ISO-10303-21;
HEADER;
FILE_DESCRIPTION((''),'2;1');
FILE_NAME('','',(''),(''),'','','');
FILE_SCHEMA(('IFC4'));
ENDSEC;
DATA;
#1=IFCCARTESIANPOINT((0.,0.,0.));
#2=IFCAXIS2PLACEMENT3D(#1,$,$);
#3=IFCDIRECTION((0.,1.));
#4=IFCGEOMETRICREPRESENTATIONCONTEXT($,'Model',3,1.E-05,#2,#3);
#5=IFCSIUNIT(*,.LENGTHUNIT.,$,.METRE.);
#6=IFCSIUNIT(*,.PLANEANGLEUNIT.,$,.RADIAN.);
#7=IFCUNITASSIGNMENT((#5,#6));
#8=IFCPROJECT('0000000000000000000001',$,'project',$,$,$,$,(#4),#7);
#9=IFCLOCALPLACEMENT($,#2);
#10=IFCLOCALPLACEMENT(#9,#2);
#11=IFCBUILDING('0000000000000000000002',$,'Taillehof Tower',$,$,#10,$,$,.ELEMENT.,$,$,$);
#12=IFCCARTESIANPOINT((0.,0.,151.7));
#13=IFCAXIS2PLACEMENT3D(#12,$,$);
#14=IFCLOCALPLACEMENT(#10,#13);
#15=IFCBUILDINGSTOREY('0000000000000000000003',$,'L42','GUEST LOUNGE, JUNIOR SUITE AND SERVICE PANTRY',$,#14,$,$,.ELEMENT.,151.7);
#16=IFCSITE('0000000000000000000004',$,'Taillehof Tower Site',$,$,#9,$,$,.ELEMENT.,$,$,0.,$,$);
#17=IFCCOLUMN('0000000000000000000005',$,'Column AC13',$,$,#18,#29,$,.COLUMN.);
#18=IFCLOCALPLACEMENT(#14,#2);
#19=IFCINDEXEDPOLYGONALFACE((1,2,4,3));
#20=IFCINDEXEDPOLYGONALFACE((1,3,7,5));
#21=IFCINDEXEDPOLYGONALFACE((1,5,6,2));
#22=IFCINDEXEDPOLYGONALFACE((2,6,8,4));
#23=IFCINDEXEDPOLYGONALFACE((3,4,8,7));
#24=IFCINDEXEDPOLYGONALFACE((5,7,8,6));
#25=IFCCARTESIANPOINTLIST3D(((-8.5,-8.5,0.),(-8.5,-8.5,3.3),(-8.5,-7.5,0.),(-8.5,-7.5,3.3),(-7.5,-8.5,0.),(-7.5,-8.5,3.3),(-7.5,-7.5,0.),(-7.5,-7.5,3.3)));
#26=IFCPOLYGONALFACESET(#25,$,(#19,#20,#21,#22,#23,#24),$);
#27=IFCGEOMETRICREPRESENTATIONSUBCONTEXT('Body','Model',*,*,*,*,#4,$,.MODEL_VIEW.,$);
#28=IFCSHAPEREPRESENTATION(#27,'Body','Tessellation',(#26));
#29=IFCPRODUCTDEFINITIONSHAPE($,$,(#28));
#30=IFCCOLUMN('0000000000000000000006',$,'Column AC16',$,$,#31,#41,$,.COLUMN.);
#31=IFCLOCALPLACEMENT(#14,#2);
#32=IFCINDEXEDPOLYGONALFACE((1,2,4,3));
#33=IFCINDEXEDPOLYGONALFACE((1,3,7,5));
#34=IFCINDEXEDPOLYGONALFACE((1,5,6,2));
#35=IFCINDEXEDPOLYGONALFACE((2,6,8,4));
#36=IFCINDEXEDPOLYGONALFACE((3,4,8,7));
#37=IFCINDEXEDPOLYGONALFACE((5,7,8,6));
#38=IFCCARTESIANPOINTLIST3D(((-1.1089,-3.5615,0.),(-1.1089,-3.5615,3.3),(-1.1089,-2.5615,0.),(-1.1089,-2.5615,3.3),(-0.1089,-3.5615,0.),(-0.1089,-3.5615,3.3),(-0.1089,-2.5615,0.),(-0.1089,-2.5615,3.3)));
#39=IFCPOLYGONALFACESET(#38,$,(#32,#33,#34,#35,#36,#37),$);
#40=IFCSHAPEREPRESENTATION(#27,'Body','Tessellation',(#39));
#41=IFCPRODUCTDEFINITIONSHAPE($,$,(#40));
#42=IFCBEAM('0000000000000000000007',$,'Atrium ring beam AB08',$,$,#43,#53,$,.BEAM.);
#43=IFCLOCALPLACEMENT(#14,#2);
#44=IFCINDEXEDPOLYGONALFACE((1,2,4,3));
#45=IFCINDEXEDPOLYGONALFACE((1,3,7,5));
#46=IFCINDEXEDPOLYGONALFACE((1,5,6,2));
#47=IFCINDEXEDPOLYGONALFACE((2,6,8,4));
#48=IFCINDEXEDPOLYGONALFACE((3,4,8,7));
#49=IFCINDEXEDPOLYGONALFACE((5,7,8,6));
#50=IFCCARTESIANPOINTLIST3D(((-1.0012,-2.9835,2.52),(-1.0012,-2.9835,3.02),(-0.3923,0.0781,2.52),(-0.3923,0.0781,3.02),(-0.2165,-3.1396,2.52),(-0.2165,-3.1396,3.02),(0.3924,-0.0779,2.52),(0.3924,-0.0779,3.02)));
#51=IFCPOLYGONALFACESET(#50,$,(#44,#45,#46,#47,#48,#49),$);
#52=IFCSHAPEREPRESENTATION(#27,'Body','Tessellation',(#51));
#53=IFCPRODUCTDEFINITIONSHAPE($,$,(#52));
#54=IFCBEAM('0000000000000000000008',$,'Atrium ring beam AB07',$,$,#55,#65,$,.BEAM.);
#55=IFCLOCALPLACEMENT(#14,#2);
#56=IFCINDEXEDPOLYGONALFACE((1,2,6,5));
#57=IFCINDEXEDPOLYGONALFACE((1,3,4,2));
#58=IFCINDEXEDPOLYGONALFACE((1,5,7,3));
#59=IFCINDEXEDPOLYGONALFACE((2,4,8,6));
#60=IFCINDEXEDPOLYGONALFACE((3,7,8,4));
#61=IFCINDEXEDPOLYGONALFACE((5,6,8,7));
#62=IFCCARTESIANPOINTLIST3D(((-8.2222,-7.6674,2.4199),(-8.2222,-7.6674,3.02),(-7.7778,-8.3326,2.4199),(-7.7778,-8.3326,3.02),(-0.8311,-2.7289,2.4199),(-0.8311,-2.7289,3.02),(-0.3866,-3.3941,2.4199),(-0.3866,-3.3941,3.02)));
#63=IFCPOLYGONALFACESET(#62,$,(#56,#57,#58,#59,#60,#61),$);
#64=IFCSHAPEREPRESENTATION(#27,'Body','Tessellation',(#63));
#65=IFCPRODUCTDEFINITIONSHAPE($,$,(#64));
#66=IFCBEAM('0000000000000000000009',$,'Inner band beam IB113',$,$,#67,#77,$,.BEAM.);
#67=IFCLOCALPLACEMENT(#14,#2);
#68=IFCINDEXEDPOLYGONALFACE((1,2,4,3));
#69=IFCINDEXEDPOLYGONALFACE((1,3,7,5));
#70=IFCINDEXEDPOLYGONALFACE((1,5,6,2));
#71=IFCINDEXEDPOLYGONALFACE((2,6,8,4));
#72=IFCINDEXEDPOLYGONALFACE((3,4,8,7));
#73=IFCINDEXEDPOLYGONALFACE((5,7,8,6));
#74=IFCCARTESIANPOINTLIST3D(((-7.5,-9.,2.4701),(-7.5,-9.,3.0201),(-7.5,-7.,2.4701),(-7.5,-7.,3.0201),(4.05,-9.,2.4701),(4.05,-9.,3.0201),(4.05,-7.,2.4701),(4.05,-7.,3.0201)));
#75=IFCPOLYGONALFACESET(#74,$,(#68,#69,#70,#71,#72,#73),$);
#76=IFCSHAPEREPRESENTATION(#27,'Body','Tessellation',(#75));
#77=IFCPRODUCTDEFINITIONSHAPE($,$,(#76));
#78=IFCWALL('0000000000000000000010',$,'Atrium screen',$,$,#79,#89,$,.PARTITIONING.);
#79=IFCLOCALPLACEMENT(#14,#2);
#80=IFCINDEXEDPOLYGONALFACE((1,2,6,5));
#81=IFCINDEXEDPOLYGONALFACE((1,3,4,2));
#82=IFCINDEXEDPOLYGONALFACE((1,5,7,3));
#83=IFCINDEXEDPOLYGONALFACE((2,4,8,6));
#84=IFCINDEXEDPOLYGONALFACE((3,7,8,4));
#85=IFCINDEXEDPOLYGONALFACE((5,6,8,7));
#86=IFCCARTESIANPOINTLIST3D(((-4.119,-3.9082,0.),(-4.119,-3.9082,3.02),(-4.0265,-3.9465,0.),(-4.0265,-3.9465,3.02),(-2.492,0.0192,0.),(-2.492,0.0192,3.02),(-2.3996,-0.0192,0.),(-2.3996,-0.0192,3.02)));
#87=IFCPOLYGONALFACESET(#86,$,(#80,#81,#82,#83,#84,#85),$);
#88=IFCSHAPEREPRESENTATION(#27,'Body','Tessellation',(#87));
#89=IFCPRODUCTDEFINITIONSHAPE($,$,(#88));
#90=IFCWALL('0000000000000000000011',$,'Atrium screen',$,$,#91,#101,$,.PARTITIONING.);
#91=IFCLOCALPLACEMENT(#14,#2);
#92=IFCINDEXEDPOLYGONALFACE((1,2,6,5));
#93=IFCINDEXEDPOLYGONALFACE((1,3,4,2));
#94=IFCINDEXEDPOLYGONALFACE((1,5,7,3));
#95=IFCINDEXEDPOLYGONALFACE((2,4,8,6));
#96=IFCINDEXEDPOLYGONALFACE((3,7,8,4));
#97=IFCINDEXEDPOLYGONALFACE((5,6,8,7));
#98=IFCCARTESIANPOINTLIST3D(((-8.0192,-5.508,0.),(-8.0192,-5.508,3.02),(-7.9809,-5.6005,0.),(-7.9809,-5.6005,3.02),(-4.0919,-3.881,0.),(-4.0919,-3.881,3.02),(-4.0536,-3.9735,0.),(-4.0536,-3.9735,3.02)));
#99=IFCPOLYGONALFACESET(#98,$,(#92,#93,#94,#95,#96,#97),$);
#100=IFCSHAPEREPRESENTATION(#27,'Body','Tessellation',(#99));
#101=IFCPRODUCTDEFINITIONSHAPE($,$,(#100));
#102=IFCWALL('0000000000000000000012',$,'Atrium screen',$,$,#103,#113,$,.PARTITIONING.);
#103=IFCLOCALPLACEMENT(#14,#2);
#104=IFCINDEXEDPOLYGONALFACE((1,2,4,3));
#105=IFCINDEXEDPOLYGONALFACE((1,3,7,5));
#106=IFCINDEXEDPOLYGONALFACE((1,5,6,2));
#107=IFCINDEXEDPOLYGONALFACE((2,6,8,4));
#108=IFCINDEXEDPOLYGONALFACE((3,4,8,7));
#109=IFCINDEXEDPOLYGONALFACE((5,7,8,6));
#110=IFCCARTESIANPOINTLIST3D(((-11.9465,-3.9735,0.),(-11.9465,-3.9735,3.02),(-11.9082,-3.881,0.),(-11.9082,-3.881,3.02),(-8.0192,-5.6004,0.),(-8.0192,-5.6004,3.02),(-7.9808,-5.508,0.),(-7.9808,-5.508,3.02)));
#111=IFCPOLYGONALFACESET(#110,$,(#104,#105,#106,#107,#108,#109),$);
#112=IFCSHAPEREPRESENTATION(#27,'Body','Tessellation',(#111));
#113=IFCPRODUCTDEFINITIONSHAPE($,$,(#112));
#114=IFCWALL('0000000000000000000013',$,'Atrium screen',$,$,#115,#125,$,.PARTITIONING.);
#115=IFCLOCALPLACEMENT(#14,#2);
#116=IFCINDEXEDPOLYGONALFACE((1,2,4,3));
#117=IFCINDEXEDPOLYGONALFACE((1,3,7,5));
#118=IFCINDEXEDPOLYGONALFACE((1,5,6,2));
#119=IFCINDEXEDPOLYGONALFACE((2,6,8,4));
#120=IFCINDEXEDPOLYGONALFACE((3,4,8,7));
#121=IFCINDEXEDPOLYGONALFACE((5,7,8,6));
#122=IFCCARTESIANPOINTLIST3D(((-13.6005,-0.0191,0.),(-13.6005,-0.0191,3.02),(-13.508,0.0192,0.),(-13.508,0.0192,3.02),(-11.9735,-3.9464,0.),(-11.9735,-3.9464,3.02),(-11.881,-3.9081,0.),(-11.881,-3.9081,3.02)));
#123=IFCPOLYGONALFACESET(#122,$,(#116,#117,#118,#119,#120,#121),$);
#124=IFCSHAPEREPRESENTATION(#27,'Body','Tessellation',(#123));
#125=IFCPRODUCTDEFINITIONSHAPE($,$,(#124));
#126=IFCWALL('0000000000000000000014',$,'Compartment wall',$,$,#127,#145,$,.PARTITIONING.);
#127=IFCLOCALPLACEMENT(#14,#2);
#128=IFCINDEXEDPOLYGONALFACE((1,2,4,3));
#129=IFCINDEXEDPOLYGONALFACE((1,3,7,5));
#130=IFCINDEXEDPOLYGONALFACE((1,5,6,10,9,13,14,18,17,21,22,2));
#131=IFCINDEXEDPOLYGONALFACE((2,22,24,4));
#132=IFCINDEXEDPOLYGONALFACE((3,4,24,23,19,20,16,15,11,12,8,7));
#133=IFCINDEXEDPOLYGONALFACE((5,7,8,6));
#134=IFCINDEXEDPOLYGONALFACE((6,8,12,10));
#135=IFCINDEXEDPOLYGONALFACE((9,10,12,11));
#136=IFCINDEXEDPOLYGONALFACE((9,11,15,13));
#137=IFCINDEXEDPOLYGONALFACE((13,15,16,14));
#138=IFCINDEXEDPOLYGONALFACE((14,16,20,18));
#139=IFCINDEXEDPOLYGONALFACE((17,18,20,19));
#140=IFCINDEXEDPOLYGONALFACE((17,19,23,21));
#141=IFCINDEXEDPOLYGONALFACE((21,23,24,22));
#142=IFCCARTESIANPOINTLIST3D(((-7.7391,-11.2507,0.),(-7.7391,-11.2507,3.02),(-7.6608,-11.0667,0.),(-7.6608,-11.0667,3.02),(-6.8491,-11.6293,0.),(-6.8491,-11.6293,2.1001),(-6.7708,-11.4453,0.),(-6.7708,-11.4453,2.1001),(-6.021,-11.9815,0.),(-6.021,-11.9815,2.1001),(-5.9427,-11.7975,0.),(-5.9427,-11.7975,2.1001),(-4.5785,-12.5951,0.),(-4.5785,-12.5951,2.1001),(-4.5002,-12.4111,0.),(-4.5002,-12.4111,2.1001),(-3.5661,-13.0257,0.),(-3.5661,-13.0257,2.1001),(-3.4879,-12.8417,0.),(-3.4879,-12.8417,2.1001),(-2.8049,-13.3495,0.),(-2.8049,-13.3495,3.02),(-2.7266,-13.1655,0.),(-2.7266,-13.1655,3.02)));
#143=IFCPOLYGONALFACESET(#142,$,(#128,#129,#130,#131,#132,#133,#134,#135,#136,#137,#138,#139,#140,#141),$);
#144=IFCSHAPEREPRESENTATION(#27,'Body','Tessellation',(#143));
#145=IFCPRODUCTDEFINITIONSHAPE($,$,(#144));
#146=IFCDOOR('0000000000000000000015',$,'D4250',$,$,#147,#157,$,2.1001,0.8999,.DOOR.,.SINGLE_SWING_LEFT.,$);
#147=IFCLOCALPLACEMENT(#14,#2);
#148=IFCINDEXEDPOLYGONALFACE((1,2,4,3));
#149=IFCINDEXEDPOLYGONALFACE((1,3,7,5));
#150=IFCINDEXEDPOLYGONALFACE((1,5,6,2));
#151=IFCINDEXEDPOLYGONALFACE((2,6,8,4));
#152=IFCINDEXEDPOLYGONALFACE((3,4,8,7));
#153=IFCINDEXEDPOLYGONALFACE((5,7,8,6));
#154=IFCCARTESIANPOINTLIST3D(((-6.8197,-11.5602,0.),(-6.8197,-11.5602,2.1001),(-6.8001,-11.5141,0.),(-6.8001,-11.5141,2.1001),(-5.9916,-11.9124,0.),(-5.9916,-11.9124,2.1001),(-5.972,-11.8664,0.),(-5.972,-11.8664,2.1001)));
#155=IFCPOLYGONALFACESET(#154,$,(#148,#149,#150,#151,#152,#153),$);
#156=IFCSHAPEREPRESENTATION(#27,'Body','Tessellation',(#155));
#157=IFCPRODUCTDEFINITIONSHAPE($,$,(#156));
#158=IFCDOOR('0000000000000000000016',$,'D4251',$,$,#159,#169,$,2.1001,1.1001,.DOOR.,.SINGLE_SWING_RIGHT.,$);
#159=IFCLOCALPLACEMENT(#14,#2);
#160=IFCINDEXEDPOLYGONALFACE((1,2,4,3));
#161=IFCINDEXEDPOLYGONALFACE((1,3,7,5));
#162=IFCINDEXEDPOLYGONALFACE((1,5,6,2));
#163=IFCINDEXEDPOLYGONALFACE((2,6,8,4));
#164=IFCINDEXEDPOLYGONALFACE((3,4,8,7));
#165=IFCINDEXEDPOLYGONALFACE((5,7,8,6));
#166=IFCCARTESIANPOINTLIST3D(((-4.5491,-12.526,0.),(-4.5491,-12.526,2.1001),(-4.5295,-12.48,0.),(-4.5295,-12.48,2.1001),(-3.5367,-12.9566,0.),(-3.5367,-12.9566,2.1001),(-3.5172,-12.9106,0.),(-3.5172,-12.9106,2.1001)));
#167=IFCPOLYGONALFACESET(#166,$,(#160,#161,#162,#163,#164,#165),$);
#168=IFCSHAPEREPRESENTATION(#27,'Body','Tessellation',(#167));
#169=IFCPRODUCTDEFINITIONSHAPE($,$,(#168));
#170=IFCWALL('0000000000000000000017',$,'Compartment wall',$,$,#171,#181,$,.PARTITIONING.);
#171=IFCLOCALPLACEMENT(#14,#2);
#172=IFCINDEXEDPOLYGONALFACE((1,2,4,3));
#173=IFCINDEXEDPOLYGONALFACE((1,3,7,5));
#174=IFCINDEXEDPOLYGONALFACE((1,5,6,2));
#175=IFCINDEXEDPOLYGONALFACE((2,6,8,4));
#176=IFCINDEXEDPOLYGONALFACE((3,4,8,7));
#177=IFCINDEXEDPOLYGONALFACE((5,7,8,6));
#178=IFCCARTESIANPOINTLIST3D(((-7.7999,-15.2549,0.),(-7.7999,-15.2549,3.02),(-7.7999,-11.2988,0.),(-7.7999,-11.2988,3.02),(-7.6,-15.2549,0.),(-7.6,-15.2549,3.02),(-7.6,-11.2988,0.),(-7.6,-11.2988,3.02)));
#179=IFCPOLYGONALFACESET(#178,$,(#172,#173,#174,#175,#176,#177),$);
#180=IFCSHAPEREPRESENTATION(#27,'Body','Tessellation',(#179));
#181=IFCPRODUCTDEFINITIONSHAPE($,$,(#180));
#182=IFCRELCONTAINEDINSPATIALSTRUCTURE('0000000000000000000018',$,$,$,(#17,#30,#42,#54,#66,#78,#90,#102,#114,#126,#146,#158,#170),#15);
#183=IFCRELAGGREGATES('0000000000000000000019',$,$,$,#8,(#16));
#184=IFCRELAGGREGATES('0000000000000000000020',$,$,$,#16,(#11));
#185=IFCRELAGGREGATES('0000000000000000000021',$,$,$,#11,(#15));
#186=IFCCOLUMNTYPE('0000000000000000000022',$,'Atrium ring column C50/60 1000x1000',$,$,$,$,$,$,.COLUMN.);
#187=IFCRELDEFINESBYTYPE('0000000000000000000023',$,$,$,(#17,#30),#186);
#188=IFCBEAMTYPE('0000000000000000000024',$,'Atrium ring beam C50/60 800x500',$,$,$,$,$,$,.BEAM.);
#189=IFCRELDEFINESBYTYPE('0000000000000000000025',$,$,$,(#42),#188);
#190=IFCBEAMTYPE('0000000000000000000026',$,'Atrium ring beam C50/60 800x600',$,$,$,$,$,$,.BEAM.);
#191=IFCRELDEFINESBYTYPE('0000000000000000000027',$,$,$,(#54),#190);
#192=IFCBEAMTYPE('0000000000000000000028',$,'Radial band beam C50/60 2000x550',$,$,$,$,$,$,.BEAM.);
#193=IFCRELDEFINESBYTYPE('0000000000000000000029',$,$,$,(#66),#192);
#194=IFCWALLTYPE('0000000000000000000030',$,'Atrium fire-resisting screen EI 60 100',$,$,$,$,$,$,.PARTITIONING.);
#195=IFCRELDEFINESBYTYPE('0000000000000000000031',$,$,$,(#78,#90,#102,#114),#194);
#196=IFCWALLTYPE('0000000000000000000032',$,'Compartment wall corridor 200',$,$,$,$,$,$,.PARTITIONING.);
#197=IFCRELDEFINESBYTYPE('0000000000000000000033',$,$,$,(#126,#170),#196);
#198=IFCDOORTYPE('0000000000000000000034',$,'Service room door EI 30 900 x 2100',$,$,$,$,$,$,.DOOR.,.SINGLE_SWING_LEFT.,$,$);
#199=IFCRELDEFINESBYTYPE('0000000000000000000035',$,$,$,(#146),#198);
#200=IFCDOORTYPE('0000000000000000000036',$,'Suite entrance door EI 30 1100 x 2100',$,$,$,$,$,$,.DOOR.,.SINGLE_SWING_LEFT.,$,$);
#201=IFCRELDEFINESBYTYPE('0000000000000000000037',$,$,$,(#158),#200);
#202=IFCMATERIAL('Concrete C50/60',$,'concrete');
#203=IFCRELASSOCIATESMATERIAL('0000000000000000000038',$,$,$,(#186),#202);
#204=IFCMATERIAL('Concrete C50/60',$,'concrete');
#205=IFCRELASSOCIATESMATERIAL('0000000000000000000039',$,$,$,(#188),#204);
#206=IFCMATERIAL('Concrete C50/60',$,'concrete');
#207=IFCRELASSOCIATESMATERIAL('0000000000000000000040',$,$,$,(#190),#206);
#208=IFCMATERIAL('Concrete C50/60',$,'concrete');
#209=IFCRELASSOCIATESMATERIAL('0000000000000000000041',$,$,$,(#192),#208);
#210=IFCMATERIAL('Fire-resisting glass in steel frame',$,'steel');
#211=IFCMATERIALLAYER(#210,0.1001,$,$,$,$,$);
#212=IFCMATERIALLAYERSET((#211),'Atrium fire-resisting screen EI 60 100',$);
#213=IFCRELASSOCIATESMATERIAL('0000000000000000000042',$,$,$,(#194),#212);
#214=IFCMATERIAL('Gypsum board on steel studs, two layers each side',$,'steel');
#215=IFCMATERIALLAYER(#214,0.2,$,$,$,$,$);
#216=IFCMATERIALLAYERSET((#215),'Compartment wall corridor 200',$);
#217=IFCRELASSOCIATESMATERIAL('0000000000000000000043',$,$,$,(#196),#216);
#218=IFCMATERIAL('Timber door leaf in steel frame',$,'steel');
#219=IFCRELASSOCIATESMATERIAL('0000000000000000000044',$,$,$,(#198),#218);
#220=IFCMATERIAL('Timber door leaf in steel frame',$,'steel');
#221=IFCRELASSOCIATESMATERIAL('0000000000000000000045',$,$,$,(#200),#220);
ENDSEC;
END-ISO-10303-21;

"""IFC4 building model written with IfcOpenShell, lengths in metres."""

from ifc_helpers import new_model, si_unit, direction, frame, frame_2d, origin, origin_2d, place, context, subcontext, project, spatial, rectangle, extrude, material, layer, layer_set, material_profile, profile_set, type_object, element, fill, save


model = new_model("IFC4")

# Units and contexts
model_context = context("Model", 3, precision=1e-05, world=origin(), true_north=direction((0.0, 1.0)))
body_context = subcontext(model_context, "Body", "Model", "MODEL_VIEW")
ifc_project = project(units=[si_unit("LENGTHUNIT", "METRE"), si_unit("PLANEANGLEUNIT", "RADIAN")], contexts=[model_context])

# Site, building, storey
site_placement = place(None, origin())
site = spatial("IfcSite", under=ifc_project, at=site_placement, Name="Taillehof Tower Site", CompositionType="ELEMENT", RefElevation=0.0)
building_placement = place(site_placement, origin())
building = spatial("IfcBuilding", under=site, at=building_placement, Name="Taillehof Tower", CompositionType="ELEMENT")
storey_placement = place(building_placement, frame((0.0, 0.0, 151.7)))
storey = spatial("IfcBuildingStorey", under=building, at=storey_placement, Name="L42", Description="GUEST LOUNGE, JUNIOR SUITE AND SERVICE PANTRY", CompositionType="ELEMENT", Elevation=151.7)

# Columns
ifc_material_1 = material(Name="Concrete C50/60", Category="concrete")
ifc_material_profile_1 = material_profile(ifc_material_1, rectangle(XDim=1.0, YDim=1.0, at=origin_2d()), Name="RC 1000x1000")
ifc_profile_set_1 = profile_set([ifc_material_profile_1], Name="Concrete C50/60")
column_type = type_object("IfcColumnType", Name="Atrium ring column C50/60 1000x1000", PredefinedType="COLUMN", material=ifc_profile_set_1)
for number, where, z_axis, x_axis, name in (
    (1, (-8.0, -8.0, 0.0), (0.0, 0.0, 1.0), (1.0, 0.0, 0.0), "Column AC13"),
    (2, (-0.6089, -3.0615, 0.0), (0.0, 0.0, 1.0), (1.0, 0.0, 0.0), "Column AC16"),
):
    element("IfcColumn", number, at=place(storey_placement, frame(where, z_axis=z_axis, x_axis=x_axis)), inside=storey, type_object=column_type, Name=name, PredefinedType="COLUMN", context=body_context, shape_type="SweptSolid", body=[
        extrude(rectangle(XDim=1.0, YDim=1.0, at=origin_2d()), origin(), (0.0, 0.0, 1.0), 3.3),
    ])

# Beams
ifc_material_2 = material(Name="Concrete C50/60", Category="concrete")
ifc_material_profile_2 = material_profile(ifc_material_2, rectangle(XDim=0.8, YDim=0.5, at=origin_2d()), Name="RC 800x500")
ifc_profile_set_2 = profile_set([ifc_material_profile_2], Name="Concrete C50/60")
beam_type_1 = type_object("IfcBeamType", Name="Atrium ring beam C50/60 800x500", PredefinedType="BEAM", material=ifc_profile_set_2)
beam_1_placement = place(storey_placement, frame((-0.6089, -3.0615, 2.77), z_axis=(0.195063, 0.980791, 0.0), x_axis=(-0.980791, 0.195063, 0.0)))
element("IfcBeam", 3, at=beam_1_placement, inside=storey, type_object=beam_type_1, Name="Atrium ring beam AB08", PredefinedType="BEAM", context=body_context, shape_type="SweptSolid", body=[
    extrude(rectangle(XDim=0.8, YDim=0.5, at=origin_2d()), origin(), (0.0, 0.0, 1.0), 3.1216),
])
ifc_material_3 = material(Name="Concrete C50/60", Category="concrete")
ifc_material_profile_3 = material_profile(ifc_material_3, rectangle(XDim=0.8, YDim=0.6001, at=origin_2d()), Name="RC 800x600")
ifc_profile_set_3 = profile_set([ifc_material_profile_3], Name="Concrete C50/60")
beam_type_2 = type_object("IfcBeamType", Name="Atrium ring beam C50/60 800x600", PredefinedType="BEAM", material=ifc_profile_set_3)
beam_2_placement = place(storey_placement, frame((-8.0, -8.0, 2.72), z_axis=(0.831475, 0.555562, 0.0), x_axis=(-0.555562, 0.831475, 0.0)))
element("IfcBeam", 4, at=beam_2_placement, inside=storey, type_object=beam_type_2, Name="Atrium ring beam AB07", PredefinedType="BEAM", context=body_context, shape_type="SweptSolid", body=[
    extrude(rectangle(XDim=0.8, YDim=0.6001, at=origin_2d()), origin(), (0.0, 0.0, 1.0), 8.8892),
])
ifc_material_4 = material(Name="Concrete C50/60", Category="concrete")
ifc_material_profile_4 = material_profile(ifc_material_4, rectangle(XDim=2.0, YDim=0.55, at=origin_2d()), Name="RC 2000x550")
ifc_profile_set_4 = profile_set([ifc_material_profile_4], Name="Concrete C50/60")
beam_type_3 = type_object("IfcBeamType", Name="Radial band beam C50/60 2000x550", PredefinedType="BEAM", material=ifc_profile_set_4)
beam_3_placement = place(storey_placement, frame((-7.5, -8.0, 2.7451), z_axis=(1.0, 0.0, 0.0), x_axis=(0.0, 1.0, 0.0)))
element("IfcBeam", 5, at=beam_3_placement, inside=storey, type_object=beam_type_3, Name="Inner band beam IB113", PredefinedType="BEAM", context=body_context, shape_type="SweptSolid", body=[
    extrude(rectangle(XDim=2.0, YDim=0.55, at=origin_2d()), origin(), (0.0, 0.0, 1.0), 11.55),
])

# Walls
ifc_material_5 = material(Name="Fire-resisting glass in steel frame", Category="steel")
ifc_layer_1 = layer(ifc_material_5, 0.1001)
ifc_layer_set_1 = layer_set([ifc_layer_1], Name="Atrium fire-resisting screen EI 60 100")
wall_type_1 = type_object("IfcWallType", Name="Atrium fire-resisting screen EI 60 100", PredefinedType="PARTITIONING", material=ifc_layer_set_1)
for number, where, z_axis, x_axis, name in (
    (6, (-2.4458, 0.0, 0.0), (0.0, 0.0, 1.0), (-0.382731, -0.92386, 0.0), "Atrium screen"),
    (7, (-4.0728, -3.9272, 0.0), (0.0, 0.0, 1.0), (-0.92386, -0.382731, 0.0), "Atrium screen"),
    (8, (-8.0, -5.5542, 0.0), (0.0, 0.0, 1.0), (-0.92386, 0.382731, 0.0), "Atrium screen"),
    (9, (-11.9272, -3.9272, 0.0), (0.0, 0.0, 1.0), (-0.382731, 0.92386, 0.0), "Atrium screen"),
):
    element("IfcWall", number, at=place(storey_placement, frame(where, z_axis=z_axis, x_axis=x_axis)), inside=storey, type_object=wall_type_1, Name=name, PredefinedType="PARTITIONING", context=body_context, shape_type="SweptSolid", body=[
        extrude(rectangle(XDim=4.251, YDim=0.1001, at=frame_2d((2.1255, 0.0))), origin(), (0.0, 0.0, 1.0), 3.02),
    ])

# Wall, openings, doors
ifc_material_6 = material(Name="Gypsum board on steel studs, two layers each side", Category="steel")
ifc_layer_2 = layer(ifc_material_6, 0.2)
ifc_layer_set_2 = layer_set([ifc_layer_2], Name="Compartment wall corridor 200")
wall_type_2 = type_object("IfcWallType", Name="Compartment wall corridor 200", PredefinedType="PARTITIONING", material=ifc_layer_set_2)
wall_1_placement = place(storey_placement, frame((-2.7656, -13.2576, 0.0), z_axis=(0.0, 0.0, 1.0), x_axis=(-0.920211, 0.391423, 0.0)))
wall_1 = element("IfcWall", 10, at=wall_1_placement, inside=storey, type_object=wall_type_2, Name="Compartment wall", PredefinedType="PARTITIONING", context=body_context, shape_type="SweptSolid", body=[
    extrude(rectangle(XDim=5.3621, YDim=0.2, at=frame_2d((2.6812, 0.0))), origin(), (0.0, 0.0, 1.0), 3.02),
])
opening_1_placement = place(wall_1_placement, frame((3.4951, 0.0, 0.0)))
opening_1 = element("IfcOpeningElement", 11, at=opening_1_placement, cuts=wall_1, PredefinedType="OPENING", context=body_context, shape_type="SweptSolid", body=[
    extrude(rectangle(XDim=0.8999, YDim=2.1001, at=frame_2d((0.45, 1.05))), frame((0.0, 0.1099, 0.0), z_axis=(0.0, -1.0, 0.0), x_axis=(1.0, 0.0, 0.0)), (0.0, 0.0, 1.0), 0.22),
])
opening_2_placement = place(wall_1_placement, frame((0.8274, 0.0, 0.0)))
opening_2 = element("IfcOpeningElement", 12, at=opening_2_placement, cuts=wall_1, PredefinedType="OPENING", context=body_context, shape_type="SweptSolid", body=[
    extrude(rectangle(XDim=1.1001, YDim=2.1001, at=frame_2d((0.55, 1.05))), frame((0.0, 0.1099, 0.0), z_axis=(0.0, -1.0, 0.0), x_axis=(1.0, 0.0, 0.0)), (0.0, 0.0, 1.0), 0.22),
])
ifc_material_7 = material(Name="Timber door leaf in steel frame", Category="steel")
door_type_1 = type_object("IfcDoorType", Name="Service room door EI 30 900 x 2100", OperationType="SINGLE_SWING_LEFT", PredefinedType="DOOR", material=ifc_material_7)
door_1_placement = place(opening_1_placement, origin())
door_1 = element("IfcDoor", 13, at=door_1_placement, inside=storey, type_object=door_type_1, Name="D4250", OperationType="SINGLE_SWING_LEFT", OverallHeight=2.1001, OverallWidth=0.8999, PredefinedType="DOOR", context=body_context, shape_type="SweptSolid", body=[
    extrude(rectangle(XDim=0.8999, YDim=2.1001, at=frame_2d((0.45, 1.05))), frame((0.0, 0.0249, 0.0), z_axis=(0.0, -1.0, 0.0), x_axis=(1.0, 0.0, 0.0)), (0.0, 0.0, 1.0), 0.05),
])
fill(opening_1, door_1)
ifc_material_8 = material(Name="Timber door leaf in steel frame", Category="steel")
door_type_2 = type_object("IfcDoorType", Name="Suite entrance door EI 30 1100 x 2100", OperationType="SINGLE_SWING_LEFT", PredefinedType="DOOR", material=ifc_material_8)
door_2_placement = place(opening_2_placement, origin())
door_2 = element("IfcDoor", 14, at=door_2_placement, inside=storey, type_object=door_type_2, Name="D4251", OperationType="SINGLE_SWING_RIGHT", OverallHeight=2.1001, OverallWidth=1.1001, PredefinedType="DOOR", context=body_context, shape_type="SweptSolid", body=[
    extrude(rectangle(XDim=1.1001, YDim=2.1001, at=frame_2d((0.55, 1.05))), frame((0.0, 0.0249, 0.0), z_axis=(0.0, -1.0, 0.0), x_axis=(1.0, 0.0, 0.0)), (0.0, 0.0, 1.0), 0.05),
])
fill(opening_2, door_2)

# Wall
wall_2_placement = place(storey_placement, frame((-7.7, -11.2988, 0.0), z_axis=(0.0, 0.0, 1.0), x_axis=(0.0, -1.0, 0.0)))
element("IfcWall", 15, at=wall_2_placement, inside=storey, type_object=wall_type_2, Name="Compartment wall", PredefinedType="PARTITIONING", context=body_context, shape_type="SweptSolid", body=[
    extrude(rectangle(XDim=3.9561, YDim=0.2, at=frame_2d((1.978, 0.0))), origin(), (0.0, 0.0, 1.0), 3.02),
])

save(model, "model.ifc")
